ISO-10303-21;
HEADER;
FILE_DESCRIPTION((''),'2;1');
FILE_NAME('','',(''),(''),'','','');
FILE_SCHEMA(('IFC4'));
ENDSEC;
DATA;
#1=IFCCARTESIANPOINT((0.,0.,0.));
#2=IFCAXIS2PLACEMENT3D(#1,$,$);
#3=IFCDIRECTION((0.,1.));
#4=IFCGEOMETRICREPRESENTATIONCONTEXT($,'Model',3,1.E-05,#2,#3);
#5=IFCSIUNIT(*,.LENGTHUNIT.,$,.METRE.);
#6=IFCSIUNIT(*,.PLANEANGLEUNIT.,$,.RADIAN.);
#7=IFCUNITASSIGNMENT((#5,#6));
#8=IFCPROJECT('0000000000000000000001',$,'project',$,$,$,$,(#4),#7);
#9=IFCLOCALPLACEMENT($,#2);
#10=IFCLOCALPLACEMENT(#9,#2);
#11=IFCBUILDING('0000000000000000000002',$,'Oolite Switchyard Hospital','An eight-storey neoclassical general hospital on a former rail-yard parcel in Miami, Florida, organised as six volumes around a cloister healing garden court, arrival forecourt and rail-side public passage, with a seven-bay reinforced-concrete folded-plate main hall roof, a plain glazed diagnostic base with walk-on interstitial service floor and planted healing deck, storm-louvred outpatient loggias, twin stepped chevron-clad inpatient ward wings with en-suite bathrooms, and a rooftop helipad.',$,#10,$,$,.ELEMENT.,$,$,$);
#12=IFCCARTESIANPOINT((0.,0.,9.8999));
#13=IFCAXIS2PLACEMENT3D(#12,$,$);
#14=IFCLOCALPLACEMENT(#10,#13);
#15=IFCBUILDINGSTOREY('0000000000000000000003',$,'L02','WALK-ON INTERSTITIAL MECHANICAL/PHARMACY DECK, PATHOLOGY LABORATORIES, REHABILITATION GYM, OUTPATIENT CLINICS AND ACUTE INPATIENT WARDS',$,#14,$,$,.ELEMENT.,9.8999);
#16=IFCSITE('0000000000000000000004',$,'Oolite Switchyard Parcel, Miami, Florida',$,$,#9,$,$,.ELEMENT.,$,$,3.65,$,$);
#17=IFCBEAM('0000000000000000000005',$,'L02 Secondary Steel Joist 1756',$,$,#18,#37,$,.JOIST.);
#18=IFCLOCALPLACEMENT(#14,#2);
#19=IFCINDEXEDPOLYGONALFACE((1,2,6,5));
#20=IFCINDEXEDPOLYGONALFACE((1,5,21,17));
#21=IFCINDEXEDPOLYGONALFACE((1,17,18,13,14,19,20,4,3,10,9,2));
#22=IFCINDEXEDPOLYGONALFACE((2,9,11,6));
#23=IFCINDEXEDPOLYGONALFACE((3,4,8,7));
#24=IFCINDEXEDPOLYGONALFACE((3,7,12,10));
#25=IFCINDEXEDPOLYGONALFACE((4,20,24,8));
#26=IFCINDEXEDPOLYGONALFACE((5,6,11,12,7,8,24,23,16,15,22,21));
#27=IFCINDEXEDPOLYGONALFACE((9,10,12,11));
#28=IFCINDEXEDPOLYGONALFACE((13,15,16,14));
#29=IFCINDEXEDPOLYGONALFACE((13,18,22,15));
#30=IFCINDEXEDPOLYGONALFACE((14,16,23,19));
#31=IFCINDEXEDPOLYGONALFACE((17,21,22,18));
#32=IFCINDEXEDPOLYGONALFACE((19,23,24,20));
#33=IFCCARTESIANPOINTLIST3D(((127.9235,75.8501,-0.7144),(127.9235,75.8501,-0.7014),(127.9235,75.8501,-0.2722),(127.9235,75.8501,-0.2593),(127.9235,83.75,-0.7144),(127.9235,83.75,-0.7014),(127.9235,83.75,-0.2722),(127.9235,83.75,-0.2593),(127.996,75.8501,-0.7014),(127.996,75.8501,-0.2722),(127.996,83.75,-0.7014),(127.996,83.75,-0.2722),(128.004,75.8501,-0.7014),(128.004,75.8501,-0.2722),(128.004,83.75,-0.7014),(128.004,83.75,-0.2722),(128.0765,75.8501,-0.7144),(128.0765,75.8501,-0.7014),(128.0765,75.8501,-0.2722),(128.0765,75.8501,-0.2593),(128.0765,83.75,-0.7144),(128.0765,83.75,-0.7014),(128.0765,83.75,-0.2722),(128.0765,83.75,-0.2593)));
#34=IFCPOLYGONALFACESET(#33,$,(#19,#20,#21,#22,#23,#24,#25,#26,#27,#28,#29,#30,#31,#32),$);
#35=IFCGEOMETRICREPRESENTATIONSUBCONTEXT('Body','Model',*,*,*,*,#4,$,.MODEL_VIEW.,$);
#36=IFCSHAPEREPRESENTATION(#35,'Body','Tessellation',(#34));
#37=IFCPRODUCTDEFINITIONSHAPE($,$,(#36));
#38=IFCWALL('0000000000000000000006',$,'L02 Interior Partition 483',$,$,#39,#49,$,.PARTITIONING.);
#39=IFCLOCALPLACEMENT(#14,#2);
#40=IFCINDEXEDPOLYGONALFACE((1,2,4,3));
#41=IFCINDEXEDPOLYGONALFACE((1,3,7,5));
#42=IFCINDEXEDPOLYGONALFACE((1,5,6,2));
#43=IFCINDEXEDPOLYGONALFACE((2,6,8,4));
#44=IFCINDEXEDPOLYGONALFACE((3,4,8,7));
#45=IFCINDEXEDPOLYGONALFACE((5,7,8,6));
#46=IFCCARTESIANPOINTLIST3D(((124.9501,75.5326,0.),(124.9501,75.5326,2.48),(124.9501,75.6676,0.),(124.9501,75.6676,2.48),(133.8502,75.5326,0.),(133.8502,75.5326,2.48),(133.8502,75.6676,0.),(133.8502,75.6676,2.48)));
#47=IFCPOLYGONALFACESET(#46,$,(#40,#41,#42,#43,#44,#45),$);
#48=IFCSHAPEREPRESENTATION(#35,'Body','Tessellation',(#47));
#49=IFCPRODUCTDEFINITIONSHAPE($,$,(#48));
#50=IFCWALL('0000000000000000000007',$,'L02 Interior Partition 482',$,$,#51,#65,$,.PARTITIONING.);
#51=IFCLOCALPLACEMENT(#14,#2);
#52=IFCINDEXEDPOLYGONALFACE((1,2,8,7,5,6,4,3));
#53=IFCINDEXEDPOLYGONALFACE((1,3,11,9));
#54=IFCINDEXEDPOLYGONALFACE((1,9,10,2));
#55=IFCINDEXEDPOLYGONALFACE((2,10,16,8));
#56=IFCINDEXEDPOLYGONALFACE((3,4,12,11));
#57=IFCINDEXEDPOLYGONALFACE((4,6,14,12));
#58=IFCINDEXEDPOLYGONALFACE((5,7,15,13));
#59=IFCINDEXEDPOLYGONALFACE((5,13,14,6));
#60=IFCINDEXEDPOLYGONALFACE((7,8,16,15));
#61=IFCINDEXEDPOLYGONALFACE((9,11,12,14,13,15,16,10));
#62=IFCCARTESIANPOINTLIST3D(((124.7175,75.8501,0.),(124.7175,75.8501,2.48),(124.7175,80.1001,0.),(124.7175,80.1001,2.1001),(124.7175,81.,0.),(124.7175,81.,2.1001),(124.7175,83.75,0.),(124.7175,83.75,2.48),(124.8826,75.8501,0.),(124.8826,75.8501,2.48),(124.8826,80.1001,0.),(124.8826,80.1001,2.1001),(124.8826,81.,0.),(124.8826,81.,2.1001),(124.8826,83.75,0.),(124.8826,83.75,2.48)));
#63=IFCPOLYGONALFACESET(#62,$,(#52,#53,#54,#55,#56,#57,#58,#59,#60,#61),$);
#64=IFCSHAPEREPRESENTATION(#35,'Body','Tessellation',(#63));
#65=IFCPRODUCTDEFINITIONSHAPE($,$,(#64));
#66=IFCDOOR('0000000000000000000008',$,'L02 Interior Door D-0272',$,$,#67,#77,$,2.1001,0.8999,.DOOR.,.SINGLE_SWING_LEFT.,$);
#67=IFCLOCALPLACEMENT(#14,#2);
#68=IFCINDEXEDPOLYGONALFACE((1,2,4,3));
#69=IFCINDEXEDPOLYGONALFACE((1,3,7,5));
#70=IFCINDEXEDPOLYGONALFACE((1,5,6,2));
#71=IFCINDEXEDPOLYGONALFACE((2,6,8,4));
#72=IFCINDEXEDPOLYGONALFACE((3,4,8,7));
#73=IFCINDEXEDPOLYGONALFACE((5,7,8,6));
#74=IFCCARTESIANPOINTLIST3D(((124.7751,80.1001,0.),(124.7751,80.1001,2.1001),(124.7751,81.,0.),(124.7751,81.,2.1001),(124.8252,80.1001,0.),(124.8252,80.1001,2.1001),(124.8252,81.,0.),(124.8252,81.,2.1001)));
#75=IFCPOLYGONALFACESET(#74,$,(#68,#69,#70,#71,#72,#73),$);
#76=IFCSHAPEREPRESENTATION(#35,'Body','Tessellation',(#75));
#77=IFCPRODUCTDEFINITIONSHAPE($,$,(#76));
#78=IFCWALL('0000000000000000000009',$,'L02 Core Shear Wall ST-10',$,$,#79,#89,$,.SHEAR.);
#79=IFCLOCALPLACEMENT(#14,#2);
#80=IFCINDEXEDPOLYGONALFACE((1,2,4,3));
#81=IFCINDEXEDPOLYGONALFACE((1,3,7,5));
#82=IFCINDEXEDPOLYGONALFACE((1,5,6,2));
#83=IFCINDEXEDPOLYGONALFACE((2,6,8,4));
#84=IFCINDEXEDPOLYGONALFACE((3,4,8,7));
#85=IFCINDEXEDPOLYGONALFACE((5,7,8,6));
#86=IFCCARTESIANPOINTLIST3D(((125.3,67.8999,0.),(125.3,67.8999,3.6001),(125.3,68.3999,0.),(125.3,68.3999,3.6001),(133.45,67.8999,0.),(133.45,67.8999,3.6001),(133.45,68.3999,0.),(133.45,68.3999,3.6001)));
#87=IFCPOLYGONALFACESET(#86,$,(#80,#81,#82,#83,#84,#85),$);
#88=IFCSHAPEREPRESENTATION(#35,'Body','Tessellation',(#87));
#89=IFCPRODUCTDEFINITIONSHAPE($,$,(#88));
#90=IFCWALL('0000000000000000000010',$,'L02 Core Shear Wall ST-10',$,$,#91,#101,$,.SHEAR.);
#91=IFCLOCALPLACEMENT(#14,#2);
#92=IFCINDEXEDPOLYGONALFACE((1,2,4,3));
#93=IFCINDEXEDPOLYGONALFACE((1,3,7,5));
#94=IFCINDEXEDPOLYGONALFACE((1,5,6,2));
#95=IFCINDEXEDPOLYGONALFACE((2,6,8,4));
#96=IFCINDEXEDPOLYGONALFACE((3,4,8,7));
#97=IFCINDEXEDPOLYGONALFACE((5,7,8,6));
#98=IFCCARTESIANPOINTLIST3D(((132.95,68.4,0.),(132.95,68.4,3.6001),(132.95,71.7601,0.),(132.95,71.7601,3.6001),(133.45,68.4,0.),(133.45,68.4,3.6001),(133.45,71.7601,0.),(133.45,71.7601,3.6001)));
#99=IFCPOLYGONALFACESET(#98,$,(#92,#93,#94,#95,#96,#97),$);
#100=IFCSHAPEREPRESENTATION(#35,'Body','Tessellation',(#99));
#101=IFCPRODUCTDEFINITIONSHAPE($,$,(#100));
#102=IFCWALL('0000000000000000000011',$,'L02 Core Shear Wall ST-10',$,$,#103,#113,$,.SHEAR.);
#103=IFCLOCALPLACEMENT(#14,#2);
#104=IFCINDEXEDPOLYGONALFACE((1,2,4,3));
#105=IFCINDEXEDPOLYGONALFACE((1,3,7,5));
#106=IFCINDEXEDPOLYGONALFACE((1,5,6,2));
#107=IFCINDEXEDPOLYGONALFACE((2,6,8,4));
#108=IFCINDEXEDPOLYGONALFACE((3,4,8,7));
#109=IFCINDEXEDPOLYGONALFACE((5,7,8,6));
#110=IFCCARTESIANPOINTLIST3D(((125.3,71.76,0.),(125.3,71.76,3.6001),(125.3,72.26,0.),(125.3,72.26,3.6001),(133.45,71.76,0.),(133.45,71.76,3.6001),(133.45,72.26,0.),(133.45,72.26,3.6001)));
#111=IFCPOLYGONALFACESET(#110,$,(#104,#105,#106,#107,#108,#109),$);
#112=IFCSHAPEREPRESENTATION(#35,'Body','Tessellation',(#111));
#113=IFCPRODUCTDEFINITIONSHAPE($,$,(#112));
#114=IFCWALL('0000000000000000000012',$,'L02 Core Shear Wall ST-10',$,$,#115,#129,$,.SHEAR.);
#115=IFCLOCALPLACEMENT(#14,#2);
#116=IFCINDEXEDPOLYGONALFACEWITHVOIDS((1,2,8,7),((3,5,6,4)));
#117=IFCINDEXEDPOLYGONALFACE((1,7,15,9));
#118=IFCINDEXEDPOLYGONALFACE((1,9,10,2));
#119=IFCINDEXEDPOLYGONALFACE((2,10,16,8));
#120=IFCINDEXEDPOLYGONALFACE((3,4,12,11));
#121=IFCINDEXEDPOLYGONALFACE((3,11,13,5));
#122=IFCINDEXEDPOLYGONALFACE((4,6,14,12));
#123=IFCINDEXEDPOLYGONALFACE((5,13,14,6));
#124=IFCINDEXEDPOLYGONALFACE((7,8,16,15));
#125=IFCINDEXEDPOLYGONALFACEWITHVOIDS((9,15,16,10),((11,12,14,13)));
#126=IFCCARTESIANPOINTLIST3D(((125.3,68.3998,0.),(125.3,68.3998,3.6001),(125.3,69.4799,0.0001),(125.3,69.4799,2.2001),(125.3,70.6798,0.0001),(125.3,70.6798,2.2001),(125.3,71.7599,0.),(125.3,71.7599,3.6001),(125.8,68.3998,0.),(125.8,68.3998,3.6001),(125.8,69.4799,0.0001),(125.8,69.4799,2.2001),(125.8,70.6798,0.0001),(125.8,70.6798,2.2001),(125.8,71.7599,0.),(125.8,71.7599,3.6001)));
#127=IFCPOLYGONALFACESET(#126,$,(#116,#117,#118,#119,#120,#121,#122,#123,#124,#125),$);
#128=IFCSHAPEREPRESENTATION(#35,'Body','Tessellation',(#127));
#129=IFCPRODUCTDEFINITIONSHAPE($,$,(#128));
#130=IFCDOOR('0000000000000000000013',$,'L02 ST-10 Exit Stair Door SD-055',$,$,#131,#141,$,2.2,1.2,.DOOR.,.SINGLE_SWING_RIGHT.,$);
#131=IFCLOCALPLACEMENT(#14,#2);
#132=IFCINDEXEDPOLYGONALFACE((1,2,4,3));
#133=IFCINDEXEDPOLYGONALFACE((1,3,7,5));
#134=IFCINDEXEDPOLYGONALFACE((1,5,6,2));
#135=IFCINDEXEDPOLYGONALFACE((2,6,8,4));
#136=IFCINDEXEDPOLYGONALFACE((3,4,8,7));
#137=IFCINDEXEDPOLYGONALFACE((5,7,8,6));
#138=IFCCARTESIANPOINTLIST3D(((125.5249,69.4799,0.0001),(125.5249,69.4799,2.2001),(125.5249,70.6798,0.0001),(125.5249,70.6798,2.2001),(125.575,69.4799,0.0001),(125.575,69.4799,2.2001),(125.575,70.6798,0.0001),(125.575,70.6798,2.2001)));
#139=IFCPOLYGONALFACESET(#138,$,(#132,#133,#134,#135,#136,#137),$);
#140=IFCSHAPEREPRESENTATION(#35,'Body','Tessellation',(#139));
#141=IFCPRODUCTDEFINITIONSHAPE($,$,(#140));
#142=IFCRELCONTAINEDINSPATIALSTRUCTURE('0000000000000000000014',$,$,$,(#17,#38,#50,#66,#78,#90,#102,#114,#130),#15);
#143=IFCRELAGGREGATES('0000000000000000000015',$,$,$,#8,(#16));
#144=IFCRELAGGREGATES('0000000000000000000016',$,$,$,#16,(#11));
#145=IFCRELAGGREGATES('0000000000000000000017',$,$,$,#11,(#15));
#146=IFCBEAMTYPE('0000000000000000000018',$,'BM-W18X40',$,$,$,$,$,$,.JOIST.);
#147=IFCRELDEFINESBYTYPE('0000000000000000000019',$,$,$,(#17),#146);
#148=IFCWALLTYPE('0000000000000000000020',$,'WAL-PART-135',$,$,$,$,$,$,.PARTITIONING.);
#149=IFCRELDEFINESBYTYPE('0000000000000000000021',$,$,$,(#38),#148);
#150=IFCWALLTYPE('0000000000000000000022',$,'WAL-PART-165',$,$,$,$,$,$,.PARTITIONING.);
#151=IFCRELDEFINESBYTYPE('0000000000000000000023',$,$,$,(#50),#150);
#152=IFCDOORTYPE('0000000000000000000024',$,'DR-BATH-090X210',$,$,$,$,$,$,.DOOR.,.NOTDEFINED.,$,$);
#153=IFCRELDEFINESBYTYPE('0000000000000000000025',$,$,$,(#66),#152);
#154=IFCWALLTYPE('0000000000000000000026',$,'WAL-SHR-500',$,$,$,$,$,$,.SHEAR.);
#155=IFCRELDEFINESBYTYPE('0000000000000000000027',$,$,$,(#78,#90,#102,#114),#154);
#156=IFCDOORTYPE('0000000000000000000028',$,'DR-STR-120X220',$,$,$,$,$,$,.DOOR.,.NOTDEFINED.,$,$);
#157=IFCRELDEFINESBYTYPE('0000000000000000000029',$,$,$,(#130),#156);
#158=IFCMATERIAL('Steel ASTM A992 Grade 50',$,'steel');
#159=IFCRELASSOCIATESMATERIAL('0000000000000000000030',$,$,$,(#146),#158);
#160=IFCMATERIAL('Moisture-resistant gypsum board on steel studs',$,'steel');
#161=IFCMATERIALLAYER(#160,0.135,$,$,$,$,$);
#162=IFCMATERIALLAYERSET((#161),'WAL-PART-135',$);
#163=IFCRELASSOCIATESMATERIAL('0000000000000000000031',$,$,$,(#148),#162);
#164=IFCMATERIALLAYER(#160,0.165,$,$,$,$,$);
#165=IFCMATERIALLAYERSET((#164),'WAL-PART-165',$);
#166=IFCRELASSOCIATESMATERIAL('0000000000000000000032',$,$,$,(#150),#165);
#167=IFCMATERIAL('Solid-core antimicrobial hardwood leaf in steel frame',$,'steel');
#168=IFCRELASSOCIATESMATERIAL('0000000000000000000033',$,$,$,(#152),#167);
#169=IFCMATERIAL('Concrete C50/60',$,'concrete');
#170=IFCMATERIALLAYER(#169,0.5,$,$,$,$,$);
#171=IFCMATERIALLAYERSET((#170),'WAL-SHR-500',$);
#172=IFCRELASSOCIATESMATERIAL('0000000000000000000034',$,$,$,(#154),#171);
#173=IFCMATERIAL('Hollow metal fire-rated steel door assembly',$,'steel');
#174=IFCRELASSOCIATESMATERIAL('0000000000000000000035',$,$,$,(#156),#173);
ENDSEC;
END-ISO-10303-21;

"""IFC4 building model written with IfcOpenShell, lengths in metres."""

from ifc_helpers import new_model, si_unit, direction, frame, frame_2d, origin, origin_2d, place, context, subcontext, project, spatial, rectangle, i_section, extrude, material, layer, layer_set, material_profile, profile_set, type_object, element, fill, save


model = new_model("IFC4")

# Units and contexts
model_context = context("Model", 3, precision=1e-05, world=origin(), true_north=direction((0.0, 1.0)))
body_context = subcontext(model_context, "Body", "Model", "MODEL_VIEW")
ifc_project = project(units=[si_unit("LENGTHUNIT", "METRE"), si_unit("PLANEANGLEUNIT", "RADIAN")], contexts=[model_context])

# Site, building, storey
site_placement = place(None, origin())
site = spatial("IfcSite", under=ifc_project, at=site_placement, Name="Oolite Switchyard Parcel, Miami, Florida", CompositionType="ELEMENT", RefElevation=3.65)
building_placement = place(site_placement, origin())
building = spatial("IfcBuilding", under=site, at=building_placement, Name="Oolite Switchyard Hospital", Description="An eight-storey neoclassical general hospital on a former rail-yard parcel in Miami, Florida, organised as six volumes around a cloister healing garden court, arrival forecourt and rail-side public passage, with a seven-bay reinforced-concrete folded-plate main hall roof, a plain glazed diagnostic base with walk-on interstitial service floor and planted healing deck, storm-louvred outpatient loggias, twin stepped chevron-clad inpatient ward wings with en-suite bathrooms, and a rooftop helipad.", CompositionType="ELEMENT")
storey_placement = place(building_placement, frame((0.0, 0.0, 9.8999)))
storey = spatial("IfcBuildingStorey", under=building, at=storey_placement, Name="L02", Description="WALK-ON INTERSTITIAL MECHANICAL/PHARMACY DECK, PATHOLOGY LABORATORIES, REHABILITATION GYM, OUTPATIENT CLINICS AND ACUTE INPATIENT WARDS", CompositionType="ELEMENT", Elevation=9.8999)

# Shared definitions
ifc_material_1 = material(Name="Concrete C50/60", Category="concrete")

# Beam
ifc_material_2 = material(Name="Steel ASTM A992 Grade 50", Category="steel")
ifc_material_profile_1 = material_profile(ifc_material_2, i_section(OverallWidth=0.1531, OverallDepth=0.4551, WebThickness=0.0081, FlangeThickness=0.0129, at=origin_2d()), Name="W18X40")
ifc_profile_set_1 = profile_set([ifc_material_profile_1], Name="Steel ASTM A992 Grade 50")
beam_type_1 = type_object("IfcBeamType", Name="BM-W18X40", PredefinedType="JOIST", material=ifc_profile_set_1)
beam_1_placement = place(storey_placement, frame((128.0, 75.8501, -0.4868), z_axis=(0.0, 1.0, 0.0), x_axis=(-1.0, 0.0, 0.0)))
element("IfcBeam", 1, at=beam_1_placement, inside=storey, type_object=beam_type_1, Name="L02 Secondary Steel Joist 1756", PredefinedType="JOIST", context=body_context, shape_type="SweptSolid", body=[
    extrude(i_section(OverallWidth=0.1531, OverallDepth=0.4551, WebThickness=0.0081, FlangeThickness=0.0129, at=origin_2d()), origin(), (0.0, 0.0, 1.0), 7.8999),
])

# Wall
ifc_material_3 = material(Name="Moisture-resistant gypsum board on steel studs", Category="steel")
ifc_layer_1 = layer(ifc_material_3, 0.135)
ifc_layer_set_1 = layer_set([ifc_layer_1], Name="WAL-PART-135")
wall_type_1 = type_object("IfcWallType", Name="WAL-PART-135", PredefinedType="PARTITIONING", material=ifc_layer_set_1)
wall_1_placement = place(storey_placement, frame((124.95, 75.6001, 0.0), z_axis=(0.0, 0.0, 1.0), x_axis=(1.0, 0.0, 0.0)))
element("IfcWall", 2, at=wall_1_placement, inside=storey, type_object=wall_type_1, Name="L02 Interior Partition 483", PredefinedType="PARTITIONING", context=body_context, shape_type="SweptSolid", body=[
    extrude(rectangle(XDim=8.9001, YDim=0.135, at=frame_2d((4.4502, 0.0))), origin(), (0.0, 0.0, 1.0), 2.48),
])

# Wall, opening, door
ifc_layer_2 = layer(ifc_material_3, 0.165)
ifc_layer_set_2 = layer_set([ifc_layer_2], Name="WAL-PART-165")
wall_type_2 = type_object("IfcWallType", Name="WAL-PART-165", PredefinedType="PARTITIONING", material=ifc_layer_set_2)
wall_2_placement = place(storey_placement, frame((124.8, 75.8501, 0.0), z_axis=(0.0, 0.0, 1.0), x_axis=(0.0, 1.0, 0.0)))
wall_2 = element("IfcWall", 3, at=wall_2_placement, inside=storey, type_object=wall_type_2, Name="L02 Interior Partition 482", PredefinedType="PARTITIONING", context=body_context, shape_type="SweptSolid", body=[
    extrude(rectangle(XDim=7.8999, YDim=0.165, at=frame_2d((3.95, 0.0))), origin(), (0.0, 0.0, 1.0), 2.48),
])
opening_1_placement = place(wall_2_placement, frame((4.25, 0.0, 0.0)))
opening_1 = element("IfcOpeningElement", 4, at=opening_1_placement, cuts=wall_2, PredefinedType="OPENING", context=body_context, shape_type="SweptSolid", body=[
    extrude(rectangle(XDim=0.8999, YDim=2.1001, at=frame_2d((0.45, 1.05))), frame((0.0, 0.0925, 0.0), z_axis=(0.0, -1.0, 0.0), x_axis=(1.0, 0.0, 0.0)), (0.0, 0.0, 1.0), 0.1851),
])
ifc_material_4 = material(Name="Solid-core antimicrobial hardwood leaf in steel frame", Category="steel")
door_type_1 = type_object("IfcDoorType", Name="DR-BATH-090X210", OperationType="NOTDEFINED", PredefinedType="DOOR", material=ifc_material_4)
door_1_placement = place(opening_1_placement, origin())
door_1 = element("IfcDoor", 5, at=door_1_placement, inside=storey, type_object=door_type_1, Name="L02 Interior Door D-0272", OperationType="SINGLE_SWING_LEFT", OverallHeight=2.1001, OverallWidth=0.8999, PredefinedType="DOOR", context=body_context, shape_type="SweptSolid", body=[
    extrude(rectangle(XDim=0.8999, YDim=2.1001, at=frame_2d((0.45, 1.05))), frame((0.0, 0.0249, 0.0), z_axis=(0.0, -1.0, 0.0), x_axis=(1.0, 0.0, 0.0)), (0.0, 0.0, 1.0), 0.05),
])
fill(opening_1, door_1)

# Walls
ifc_layer_3 = layer(ifc_material_1, 0.5)
ifc_layer_set_3 = layer_set([ifc_layer_3], Name="WAL-SHR-500")
wall_type_3 = type_object("IfcWallType", Name="WAL-SHR-500", PredefinedType="SHEAR", material=ifc_layer_set_3)
wall_3_placement = place(storey_placement, frame((125.3, 68.1499, 0.0), z_axis=(0.0, 0.0, 1.0), x_axis=(1.0, 0.0, 0.0)))
element("IfcWall", 6, at=wall_3_placement, inside=storey, type_object=wall_type_3, Name="L02 Core Shear Wall ST-10", PredefinedType="SHEAR", context=body_context, shape_type="SweptSolid", body=[
    extrude(rectangle(XDim=8.1499, YDim=0.5, at=frame_2d((4.075, 0.0))), origin(), (0.0, 0.0, 1.0), 3.6001),
])
wall_4_placement = place(storey_placement, frame((133.2, 68.3999, 0.0), z_axis=(0.0, 0.0, 1.0), x_axis=(0.0, 1.0, 0.0)))
element("IfcWall", 7, at=wall_4_placement, inside=storey, type_object=wall_type_3, Name="L02 Core Shear Wall ST-10", PredefinedType="SHEAR", context=body_context, shape_type="SweptSolid", body=[
    extrude(rectangle(XDim=3.3601, YDim=0.5, at=frame_2d((1.6802, 0.0))), origin(), (0.0, 0.0, 1.0), 3.6001),
])
wall_5_placement = place(storey_placement, frame((133.45, 72.01, 0.0), z_axis=(0.0, 0.0, 1.0), x_axis=(-1.0, 0.0, 0.0)))
element("IfcWall", 8, at=wall_5_placement, inside=storey, type_object=wall_type_3, Name="L02 Core Shear Wall ST-10", PredefinedType="SHEAR", context=body_context, shape_type="SweptSolid", body=[
    extrude(rectangle(XDim=8.1499, YDim=0.5, at=frame_2d((4.075, 0.0))), origin(), (0.0, 0.0, 1.0), 3.6001),
])

# Wall, opening, door
wall_6_placement = place(storey_placement, frame((125.55, 71.76, 0.0), z_axis=(0.0, 0.0, 1.0), x_axis=(0.0, -1.0, 0.0)))
wall_6 = element("IfcWall", 9, at=wall_6_placement, inside=storey, type_object=wall_type_3, Name="L02 Core Shear Wall ST-10", PredefinedType="SHEAR", context=body_context, shape_type="SweptSolid", body=[
    extrude(rectangle(XDim=3.3601, YDim=0.5, at=frame_2d((1.6802, 0.0))), origin(), (0.0, 0.0, 1.0), 3.6001),
])
opening_2_placement = place(wall_6_placement, frame((1.0801, 0.0, 0.0)))
opening_2 = element("IfcOpeningElement", 10, at=opening_2_placement, cuts=wall_6, PredefinedType="OPENING", context=body_context, shape_type="SweptSolid", body=[
    extrude(rectangle(XDim=1.2, YDim=2.2, at=frame_2d((0.6001, 1.1001))), frame((0.0, 0.26, 0.0), z_axis=(0.0, -1.0, 0.0), x_axis=(1.0, 0.0, 0.0)), (0.0, 0.0, 1.0), 0.52),
])
ifc_material_5 = material(Name="Hollow metal fire-rated steel door assembly", Category="steel")
door_type_2 = type_object("IfcDoorType", Name="DR-STR-120X220", OperationType="NOTDEFINED", PredefinedType="DOOR", material=ifc_material_5)
door_2_placement = place(opening_2_placement, origin())
door_2 = element("IfcDoor", 11, at=door_2_placement, inside=storey, type_object=door_type_2, Name="L02 ST-10 Exit Stair Door SD-055", OperationType="SINGLE_SWING_RIGHT", OverallHeight=2.2, OverallWidth=1.2, PredefinedType="DOOR", context=body_context, shape_type="SweptSolid", body=[
    extrude(rectangle(XDim=1.2, YDim=2.2, at=frame_2d((0.6001, 1.1001))), frame((0.0, 0.0249, 0.0), z_axis=(0.0, -1.0, 0.0), x_axis=(1.0, 0.0, 0.0)), (0.0, 0.0, 1.0), 0.05),
])
fill(opening_2, door_2)

save(model, "model.ifc")
